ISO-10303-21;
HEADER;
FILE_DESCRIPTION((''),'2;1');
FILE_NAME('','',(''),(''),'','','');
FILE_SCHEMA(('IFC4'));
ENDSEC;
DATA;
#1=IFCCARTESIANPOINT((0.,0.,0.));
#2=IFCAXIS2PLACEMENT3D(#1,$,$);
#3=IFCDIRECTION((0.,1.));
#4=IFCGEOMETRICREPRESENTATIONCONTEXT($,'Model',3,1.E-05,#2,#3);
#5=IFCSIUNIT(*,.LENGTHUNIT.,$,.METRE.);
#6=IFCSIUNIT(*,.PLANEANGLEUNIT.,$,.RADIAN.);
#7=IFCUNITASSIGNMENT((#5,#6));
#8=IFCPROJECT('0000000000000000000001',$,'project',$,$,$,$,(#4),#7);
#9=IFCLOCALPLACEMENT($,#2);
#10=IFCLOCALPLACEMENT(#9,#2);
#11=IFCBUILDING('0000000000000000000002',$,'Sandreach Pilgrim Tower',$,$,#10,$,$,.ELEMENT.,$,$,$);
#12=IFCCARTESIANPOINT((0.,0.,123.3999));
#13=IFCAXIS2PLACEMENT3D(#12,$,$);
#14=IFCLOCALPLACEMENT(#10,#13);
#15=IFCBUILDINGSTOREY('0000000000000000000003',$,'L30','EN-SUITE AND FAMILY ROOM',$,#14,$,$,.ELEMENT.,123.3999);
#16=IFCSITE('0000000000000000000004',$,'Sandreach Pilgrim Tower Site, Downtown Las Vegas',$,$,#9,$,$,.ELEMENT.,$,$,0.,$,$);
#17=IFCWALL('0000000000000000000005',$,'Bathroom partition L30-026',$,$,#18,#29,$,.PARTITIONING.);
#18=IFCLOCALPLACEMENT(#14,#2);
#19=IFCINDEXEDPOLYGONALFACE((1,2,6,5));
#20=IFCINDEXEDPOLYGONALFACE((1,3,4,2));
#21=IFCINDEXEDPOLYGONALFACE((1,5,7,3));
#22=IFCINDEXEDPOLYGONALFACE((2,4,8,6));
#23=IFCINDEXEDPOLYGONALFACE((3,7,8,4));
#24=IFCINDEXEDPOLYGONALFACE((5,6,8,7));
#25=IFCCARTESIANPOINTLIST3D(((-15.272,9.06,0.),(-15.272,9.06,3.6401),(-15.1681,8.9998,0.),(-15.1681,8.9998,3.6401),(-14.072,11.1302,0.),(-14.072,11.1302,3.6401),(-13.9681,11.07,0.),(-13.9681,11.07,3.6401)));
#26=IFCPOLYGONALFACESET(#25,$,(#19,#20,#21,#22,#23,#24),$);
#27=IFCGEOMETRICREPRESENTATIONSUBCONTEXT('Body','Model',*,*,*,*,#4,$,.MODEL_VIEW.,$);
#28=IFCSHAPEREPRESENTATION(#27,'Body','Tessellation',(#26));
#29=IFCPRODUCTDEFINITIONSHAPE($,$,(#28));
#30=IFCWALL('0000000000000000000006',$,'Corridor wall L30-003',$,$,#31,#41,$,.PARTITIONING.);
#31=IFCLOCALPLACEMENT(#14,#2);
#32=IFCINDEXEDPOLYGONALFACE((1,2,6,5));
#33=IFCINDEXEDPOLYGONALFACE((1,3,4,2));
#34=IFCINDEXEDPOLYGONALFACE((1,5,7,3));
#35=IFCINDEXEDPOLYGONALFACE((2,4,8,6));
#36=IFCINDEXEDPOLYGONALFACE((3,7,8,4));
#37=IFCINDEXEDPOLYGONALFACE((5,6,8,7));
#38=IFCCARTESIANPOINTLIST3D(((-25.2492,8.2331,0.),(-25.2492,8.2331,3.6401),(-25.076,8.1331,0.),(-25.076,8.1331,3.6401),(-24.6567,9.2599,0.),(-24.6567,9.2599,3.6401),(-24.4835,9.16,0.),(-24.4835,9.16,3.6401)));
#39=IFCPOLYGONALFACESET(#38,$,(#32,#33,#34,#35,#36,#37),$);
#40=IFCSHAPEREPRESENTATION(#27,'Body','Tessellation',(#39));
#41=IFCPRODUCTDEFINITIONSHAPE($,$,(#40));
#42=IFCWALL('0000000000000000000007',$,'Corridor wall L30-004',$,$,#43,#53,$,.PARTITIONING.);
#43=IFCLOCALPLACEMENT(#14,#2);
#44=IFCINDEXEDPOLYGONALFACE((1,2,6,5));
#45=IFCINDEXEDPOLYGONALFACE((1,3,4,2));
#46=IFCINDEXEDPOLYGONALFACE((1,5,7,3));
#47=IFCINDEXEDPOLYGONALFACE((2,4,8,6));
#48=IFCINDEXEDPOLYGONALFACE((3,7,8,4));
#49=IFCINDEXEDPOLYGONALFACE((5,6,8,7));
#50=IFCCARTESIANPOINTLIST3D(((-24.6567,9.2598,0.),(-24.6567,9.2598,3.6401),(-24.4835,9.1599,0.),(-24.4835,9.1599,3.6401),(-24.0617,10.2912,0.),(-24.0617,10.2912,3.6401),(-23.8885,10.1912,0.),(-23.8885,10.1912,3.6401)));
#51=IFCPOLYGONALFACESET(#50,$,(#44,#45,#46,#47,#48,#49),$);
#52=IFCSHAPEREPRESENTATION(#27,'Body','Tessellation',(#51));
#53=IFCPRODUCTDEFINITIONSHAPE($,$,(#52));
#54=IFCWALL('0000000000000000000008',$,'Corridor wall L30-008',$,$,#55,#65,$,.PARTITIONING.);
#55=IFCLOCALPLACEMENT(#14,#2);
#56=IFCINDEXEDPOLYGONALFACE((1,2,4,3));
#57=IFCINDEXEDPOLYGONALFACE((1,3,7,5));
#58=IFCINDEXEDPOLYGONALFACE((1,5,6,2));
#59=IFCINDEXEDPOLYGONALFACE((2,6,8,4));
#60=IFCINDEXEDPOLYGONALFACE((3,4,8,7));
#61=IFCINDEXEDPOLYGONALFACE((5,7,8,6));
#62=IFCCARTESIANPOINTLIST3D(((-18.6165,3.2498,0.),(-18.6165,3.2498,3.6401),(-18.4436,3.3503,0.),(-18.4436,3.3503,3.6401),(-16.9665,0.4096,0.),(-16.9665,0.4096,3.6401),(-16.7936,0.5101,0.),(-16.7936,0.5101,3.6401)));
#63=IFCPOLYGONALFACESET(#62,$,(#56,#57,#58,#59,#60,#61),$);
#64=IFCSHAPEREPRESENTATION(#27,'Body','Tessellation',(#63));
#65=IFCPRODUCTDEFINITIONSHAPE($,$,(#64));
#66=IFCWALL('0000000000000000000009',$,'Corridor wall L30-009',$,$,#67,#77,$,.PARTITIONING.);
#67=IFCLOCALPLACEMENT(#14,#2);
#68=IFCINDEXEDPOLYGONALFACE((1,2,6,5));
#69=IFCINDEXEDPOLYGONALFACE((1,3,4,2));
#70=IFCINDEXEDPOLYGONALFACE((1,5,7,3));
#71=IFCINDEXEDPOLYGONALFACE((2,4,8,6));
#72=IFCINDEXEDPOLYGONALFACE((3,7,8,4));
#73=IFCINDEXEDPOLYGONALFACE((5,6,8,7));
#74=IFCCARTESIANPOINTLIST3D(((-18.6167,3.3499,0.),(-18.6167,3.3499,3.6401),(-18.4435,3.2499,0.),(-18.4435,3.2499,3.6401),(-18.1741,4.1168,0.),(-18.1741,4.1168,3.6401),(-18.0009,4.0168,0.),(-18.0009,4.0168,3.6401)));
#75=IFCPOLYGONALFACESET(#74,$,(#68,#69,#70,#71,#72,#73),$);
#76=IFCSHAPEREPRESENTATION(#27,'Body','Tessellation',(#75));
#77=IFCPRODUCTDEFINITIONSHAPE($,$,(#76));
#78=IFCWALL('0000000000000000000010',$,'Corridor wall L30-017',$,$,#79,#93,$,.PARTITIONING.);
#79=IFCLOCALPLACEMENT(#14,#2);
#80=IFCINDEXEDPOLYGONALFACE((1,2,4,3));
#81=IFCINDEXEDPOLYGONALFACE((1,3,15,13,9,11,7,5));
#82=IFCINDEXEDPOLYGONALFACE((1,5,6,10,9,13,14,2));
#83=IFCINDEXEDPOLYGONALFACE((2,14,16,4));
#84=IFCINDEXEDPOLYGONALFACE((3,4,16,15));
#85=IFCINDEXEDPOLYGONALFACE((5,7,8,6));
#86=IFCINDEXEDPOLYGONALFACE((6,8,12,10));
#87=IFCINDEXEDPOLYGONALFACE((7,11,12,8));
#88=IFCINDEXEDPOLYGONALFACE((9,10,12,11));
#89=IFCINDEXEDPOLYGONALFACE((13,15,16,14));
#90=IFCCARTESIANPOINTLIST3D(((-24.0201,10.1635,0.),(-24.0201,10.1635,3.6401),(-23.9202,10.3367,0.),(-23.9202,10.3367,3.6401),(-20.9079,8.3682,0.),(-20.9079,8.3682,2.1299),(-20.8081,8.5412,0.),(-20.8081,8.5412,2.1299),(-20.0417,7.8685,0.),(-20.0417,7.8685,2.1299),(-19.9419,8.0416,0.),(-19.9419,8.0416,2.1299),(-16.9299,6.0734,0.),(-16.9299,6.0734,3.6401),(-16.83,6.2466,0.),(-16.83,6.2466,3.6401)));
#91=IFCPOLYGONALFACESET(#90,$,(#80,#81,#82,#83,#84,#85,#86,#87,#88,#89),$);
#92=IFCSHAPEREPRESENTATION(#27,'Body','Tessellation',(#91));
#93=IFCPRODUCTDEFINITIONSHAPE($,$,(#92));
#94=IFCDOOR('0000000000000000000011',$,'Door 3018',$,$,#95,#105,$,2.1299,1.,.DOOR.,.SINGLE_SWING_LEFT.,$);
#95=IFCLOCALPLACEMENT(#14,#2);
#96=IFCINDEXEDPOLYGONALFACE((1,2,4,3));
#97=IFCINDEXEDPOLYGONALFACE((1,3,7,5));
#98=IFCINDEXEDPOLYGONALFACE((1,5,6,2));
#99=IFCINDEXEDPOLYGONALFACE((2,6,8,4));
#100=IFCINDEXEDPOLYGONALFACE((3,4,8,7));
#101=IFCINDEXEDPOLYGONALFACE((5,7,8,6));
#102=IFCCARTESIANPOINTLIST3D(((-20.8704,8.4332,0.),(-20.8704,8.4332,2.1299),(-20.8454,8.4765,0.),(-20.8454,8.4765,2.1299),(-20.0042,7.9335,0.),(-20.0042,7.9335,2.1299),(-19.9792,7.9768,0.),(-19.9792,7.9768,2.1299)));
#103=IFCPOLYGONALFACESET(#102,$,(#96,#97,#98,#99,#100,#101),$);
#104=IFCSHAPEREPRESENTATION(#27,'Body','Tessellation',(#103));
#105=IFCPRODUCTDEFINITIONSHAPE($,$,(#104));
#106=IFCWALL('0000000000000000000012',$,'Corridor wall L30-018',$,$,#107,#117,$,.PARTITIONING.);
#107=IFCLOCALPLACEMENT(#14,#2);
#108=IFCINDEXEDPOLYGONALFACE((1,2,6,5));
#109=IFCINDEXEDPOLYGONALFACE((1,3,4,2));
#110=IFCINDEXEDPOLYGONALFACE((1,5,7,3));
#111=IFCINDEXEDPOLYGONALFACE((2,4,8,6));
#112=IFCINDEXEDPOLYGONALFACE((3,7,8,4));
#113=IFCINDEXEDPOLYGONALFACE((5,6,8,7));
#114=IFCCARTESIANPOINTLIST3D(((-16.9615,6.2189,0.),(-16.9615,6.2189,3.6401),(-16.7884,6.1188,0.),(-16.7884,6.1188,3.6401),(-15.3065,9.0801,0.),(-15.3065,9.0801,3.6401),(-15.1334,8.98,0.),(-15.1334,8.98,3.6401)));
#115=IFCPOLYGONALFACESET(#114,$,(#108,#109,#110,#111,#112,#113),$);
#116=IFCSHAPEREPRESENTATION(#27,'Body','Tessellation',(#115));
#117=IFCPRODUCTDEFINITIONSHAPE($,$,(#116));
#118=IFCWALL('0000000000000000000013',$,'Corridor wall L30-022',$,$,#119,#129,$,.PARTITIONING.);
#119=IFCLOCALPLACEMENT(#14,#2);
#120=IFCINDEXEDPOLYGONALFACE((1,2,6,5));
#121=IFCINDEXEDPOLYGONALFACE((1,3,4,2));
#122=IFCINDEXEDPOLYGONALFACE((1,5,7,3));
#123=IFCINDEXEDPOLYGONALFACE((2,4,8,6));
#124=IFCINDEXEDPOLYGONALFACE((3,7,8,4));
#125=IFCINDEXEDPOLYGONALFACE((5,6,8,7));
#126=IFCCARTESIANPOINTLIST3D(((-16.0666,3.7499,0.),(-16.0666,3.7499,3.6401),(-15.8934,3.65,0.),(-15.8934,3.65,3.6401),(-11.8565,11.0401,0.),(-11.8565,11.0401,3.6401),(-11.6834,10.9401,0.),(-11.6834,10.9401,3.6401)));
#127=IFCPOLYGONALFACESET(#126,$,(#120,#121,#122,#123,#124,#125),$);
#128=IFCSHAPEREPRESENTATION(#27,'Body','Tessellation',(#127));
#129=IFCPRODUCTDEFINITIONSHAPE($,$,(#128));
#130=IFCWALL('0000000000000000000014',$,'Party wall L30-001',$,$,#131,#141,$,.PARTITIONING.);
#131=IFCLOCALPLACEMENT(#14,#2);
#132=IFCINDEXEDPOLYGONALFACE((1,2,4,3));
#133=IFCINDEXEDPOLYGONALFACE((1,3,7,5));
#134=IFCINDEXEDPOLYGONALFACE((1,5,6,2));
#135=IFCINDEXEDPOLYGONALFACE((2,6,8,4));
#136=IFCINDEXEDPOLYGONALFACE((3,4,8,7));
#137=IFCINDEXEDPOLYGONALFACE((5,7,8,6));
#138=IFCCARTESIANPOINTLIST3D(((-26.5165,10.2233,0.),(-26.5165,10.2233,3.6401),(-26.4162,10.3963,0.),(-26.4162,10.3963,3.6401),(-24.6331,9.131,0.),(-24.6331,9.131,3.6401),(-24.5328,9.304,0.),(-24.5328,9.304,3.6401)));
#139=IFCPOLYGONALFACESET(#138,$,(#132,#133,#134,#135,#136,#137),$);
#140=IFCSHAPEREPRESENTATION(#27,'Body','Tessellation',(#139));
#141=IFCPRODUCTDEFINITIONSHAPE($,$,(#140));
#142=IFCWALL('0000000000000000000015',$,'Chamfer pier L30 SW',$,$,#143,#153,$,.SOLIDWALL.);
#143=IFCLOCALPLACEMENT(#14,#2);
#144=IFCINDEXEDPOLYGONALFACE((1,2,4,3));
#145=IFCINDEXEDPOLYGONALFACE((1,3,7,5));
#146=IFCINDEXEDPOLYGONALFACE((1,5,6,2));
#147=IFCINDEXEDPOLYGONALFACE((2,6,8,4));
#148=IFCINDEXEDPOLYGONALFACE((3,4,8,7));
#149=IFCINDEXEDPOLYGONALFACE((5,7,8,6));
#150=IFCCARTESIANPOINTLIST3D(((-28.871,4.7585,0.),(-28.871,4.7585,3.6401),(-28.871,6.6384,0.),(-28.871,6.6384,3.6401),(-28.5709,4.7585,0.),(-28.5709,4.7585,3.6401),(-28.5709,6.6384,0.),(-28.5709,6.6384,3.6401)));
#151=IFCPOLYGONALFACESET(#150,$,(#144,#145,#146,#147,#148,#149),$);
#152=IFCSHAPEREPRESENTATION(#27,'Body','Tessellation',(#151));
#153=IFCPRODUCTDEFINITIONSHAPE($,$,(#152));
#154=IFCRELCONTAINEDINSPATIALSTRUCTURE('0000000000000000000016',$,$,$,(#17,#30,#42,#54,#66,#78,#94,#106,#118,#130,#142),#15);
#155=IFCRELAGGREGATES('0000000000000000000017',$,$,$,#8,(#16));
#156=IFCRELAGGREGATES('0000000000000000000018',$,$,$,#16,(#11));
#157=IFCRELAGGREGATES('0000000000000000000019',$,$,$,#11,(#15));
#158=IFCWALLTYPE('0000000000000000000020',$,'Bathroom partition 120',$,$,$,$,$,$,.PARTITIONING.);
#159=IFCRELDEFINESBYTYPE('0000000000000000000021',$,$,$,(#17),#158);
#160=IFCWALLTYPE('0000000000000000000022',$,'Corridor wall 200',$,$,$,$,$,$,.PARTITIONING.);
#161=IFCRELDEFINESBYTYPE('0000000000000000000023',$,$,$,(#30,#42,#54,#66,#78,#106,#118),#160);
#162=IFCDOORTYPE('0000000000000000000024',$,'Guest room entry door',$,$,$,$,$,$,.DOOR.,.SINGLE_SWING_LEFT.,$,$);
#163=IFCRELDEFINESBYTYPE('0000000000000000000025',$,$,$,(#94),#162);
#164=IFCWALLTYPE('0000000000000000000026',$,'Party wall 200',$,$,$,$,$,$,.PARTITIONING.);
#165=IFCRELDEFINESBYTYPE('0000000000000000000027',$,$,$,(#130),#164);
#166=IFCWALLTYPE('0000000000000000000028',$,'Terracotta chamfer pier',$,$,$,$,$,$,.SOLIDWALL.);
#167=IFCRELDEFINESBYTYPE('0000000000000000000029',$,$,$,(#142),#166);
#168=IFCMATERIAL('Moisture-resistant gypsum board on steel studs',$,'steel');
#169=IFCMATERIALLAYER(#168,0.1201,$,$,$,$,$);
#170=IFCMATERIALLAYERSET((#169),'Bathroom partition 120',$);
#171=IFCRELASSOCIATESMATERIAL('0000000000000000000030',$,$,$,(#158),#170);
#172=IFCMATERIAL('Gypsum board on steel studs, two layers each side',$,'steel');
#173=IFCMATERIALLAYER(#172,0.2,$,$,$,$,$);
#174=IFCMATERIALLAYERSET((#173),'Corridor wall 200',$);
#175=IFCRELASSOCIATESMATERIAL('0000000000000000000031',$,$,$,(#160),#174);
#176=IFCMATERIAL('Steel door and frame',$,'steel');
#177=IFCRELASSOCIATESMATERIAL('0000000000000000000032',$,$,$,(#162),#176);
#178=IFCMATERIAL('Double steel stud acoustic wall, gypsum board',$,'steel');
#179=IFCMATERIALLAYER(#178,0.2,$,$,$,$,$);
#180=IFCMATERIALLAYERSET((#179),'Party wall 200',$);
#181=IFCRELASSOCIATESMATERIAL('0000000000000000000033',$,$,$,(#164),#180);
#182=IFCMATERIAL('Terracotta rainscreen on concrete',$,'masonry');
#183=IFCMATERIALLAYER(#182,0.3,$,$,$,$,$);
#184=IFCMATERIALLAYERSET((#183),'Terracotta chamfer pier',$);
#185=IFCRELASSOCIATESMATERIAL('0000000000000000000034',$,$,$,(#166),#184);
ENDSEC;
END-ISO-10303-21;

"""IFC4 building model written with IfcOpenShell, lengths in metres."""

from ifc_helpers import new_model, si_unit, direction, frame, frame_2d, origin, place, context, subcontext, project, spatial, rectangle, extrude, material, layer, layer_set, type_object, element, fill, save


model = new_model("IFC4")

# Units and contexts
model_context = context("Model", 3, precision=1e-05, world=origin(), true_north=direction((0.0, 1.0)))
body_context = subcontext(model_context, "Body", "Model", "MODEL_VIEW")
ifc_project = project(units=[si_unit("LENGTHUNIT", "METRE"), si_unit("PLANEANGLEUNIT", "RADIAN")], contexts=[model_context])

# Site, building, storey
site_placement = place(None, origin())
site = spatial("IfcSite", under=ifc_project, at=site_placement, Name="Sandreach Pilgrim Tower Site, Downtown Las Vegas", CompositionType="ELEMENT", RefElevation=0.0)
building_placement = place(site_placement, origin())
building = spatial("IfcBuilding", under=site, at=building_placement, Name="Sandreach Pilgrim Tower", CompositionType="ELEMENT")
storey_placement = place(building_placement, frame((0.0, 0.0, 123.3999)))
storey = spatial("IfcBuildingStorey", under=building, at=storey_placement, Name="L30", Description="EN-SUITE AND FAMILY ROOM", CompositionType="ELEMENT", Elevation=123.3999)

# Shared definitions
ifc_material_1 = material(Name="Moisture-resistant gypsum board on steel studs", Category="steel")
ifc_layer_1 = layer(ifc_material_1, 0.1201)
ifc_layer_set_1 = layer_set([ifc_layer_1], Name="Bathroom partition 120")
wall_type_1 = type_object("IfcWallType", Name="Bathroom partition 120", PredefinedType="PARTITIONING", material=ifc_layer_set_1)

# Wall
wall_1_placement = place(storey_placement, frame((-15.22, 9.03, 0.0), z_axis=(0.0, 0.0, 1.0), x_axis=(0.501503, 0.865156, 0.0)))
element("IfcWall", 1, at=wall_1_placement, inside=storey, type_object=wall_type_1, Name="Bathroom partition L30-026", PredefinedType="PARTITIONING", context=body_context, shape_type="SweptSolid", body=[
    extrude(rectangle(XDim=2.3928, YDim=0.1201, at=frame_2d((1.1963, 0.0))), origin(), (0.0, 0.0, 1.0), 3.6401),
])

# Shared definitions
ifc_material_2 = material(Name="Gypsum board on steel studs, two layers each side", Category="steel")
ifc_layer_2 = layer(ifc_material_2, 0.2)
ifc_layer_set_2 = layer_set([ifc_layer_2], Name="Corridor wall 200")
wall_type_2 = type_object("IfcWallType", Name="Corridor wall 200", PredefinedType="PARTITIONING", material=ifc_layer_set_2)
ifc_material_3 = material(Name="Steel door and frame", Category="steel")
door_type_1 = type_object("IfcDoorType", Name="Guest room entry door", OperationType="SINGLE_SWING_LEFT", PredefinedType="DOOR", material=ifc_material_3)

# Walls
wall_2_placement = place(storey_placement, frame((-25.1626, 8.1831, 0.0), z_axis=(0.0, 0.0, 1.0), x_axis=(0.499794, 0.866144, 0.0)))
element("IfcWall", 2, at=wall_2_placement, inside=storey, type_object=wall_type_2, Name="Corridor wall L30-003", PredefinedType="PARTITIONING", context=body_context, shape_type="SweptSolid", body=[
    extrude(rectangle(XDim=1.1855, YDim=0.2, at=frame_2d((0.5928, 0.0))), origin(), (0.0, 0.0, 1.0), 3.6401),
])
wall_3_placement = place(storey_placement, frame((-24.5701, 9.21, 0.0), z_axis=(0.0, 0.0, 1.0), x_axis=(0.499734, 0.866179, 0.0)))
element("IfcWall", 3, at=wall_3_placement, inside=storey, type_object=wall_type_2, Name="Corridor wall L30-004", PredefinedType="PARTITIONING", context=body_context, shape_type="SweptSolid", body=[
    extrude(rectangle(XDim=1.1907, YDim=0.2, at=frame_2d((0.5952, 0.0))), origin(), (0.0, 0.0, 1.0), 3.6401),
])
wall_4_placement = place(storey_placement, frame((-18.53, 3.3, 0.0), z_axis=(0.0, 0.0, 1.0), x_axis=(0.502322, -0.864681, 0.0)))
element("IfcWall", 4, at=wall_4_placement, inside=storey, type_object=wall_type_2, Name="Corridor wall L30-008", PredefinedType="PARTITIONING", context=body_context, shape_type="SweptSolid", body=[
    extrude(rectangle(XDim=3.2847, YDim=0.2, at=frame_2d((1.6423, 0.0))), origin(), (0.0, 0.0, 1.0), 3.6401),
])
wall_5_placement = place(storey_placement, frame((-18.0874, 4.0669, 0.0), z_axis=(0.0, 0.0, 1.0), x_axis=(-0.499905, -0.86608, 0.0)))
element("IfcWall", 5, at=wall_5_placement, inside=storey, type_object=wall_type_2, Name="Corridor wall L30-009", PredefinedType="PARTITIONING", context=body_context, shape_type="SweptSolid", body=[
    extrude(rectangle(XDim=0.8855, YDim=0.2, at=frame_2d((0.4429, 0.0))), origin(), (0.0, 0.0, 1.0), 3.6401),
])

# Wall, opening, door
wall_6_placement = place(storey_placement, frame((-16.8799, 6.1599, 0.0), z_axis=(0.0, 0.0, 1.0), x_axis=(-0.866204, 0.499691, 0.0)))
wall_6 = element("IfcWall", 6, at=wall_6_placement, inside=storey, type_object=wall_type_2, Name="Corridor wall L30-017", PredefinedType="PARTITIONING", context=body_context, shape_type="SweptSolid", body=[
    extrude(rectangle(XDim=8.1853, YDim=0.2, at=frame_2d((4.0928, 0.0))), origin(), (0.0, 0.0, 1.0), 3.6401),
])
opening_1_placement = place(wall_6_placement, frame((3.5925, 0.0, 0.0)))
opening_1 = element("IfcOpeningElement", 7, at=opening_1_placement, cuts=wall_6, PredefinedType="OPENING", context=body_context, shape_type="SweptSolid", body=[
    extrude(rectangle(XDim=1.0, YDim=2.1299, at=frame_2d((0.5, 1.0649))), frame((0.0, 0.1001, 0.0), z_axis=(0.0, -1.0, 0.0), x_axis=(1.0, 0.0, 0.0)), (0.0, 0.0, 1.0), 0.2),
])
door_1_placement = place(opening_1_placement, origin())
door_1 = element("IfcDoor", 8, at=door_1_placement, inside=storey, type_object=door_type_1, Name="Door 3018", OperationType="SINGLE_SWING_LEFT", OverallHeight=2.1299, OverallWidth=1.0, PredefinedType="DOOR", context=body_context, shape_type="SweptSolid", body=[
    extrude(rectangle(XDim=1.0, YDim=2.1299, at=frame_2d((0.5, 1.0649))), frame((0.0, 0.0249, 0.0), z_axis=(0.0, -1.0, 0.0), x_axis=(1.0, 0.0, 0.0)), (0.0, 0.0, 1.0), 0.05),
])
fill(opening_1, door_1)

# Walls
wall_7_placement = place(storey_placement, frame((-16.875, 6.1687, 0.0), z_axis=(0.0, 0.0, 1.0), x_axis=(0.50069, 0.865627, 0.0)))
element("IfcWall", 9, at=wall_7_placement, inside=storey, type_object=wall_type_2, Name="Corridor wall L30-018", PredefinedType="PARTITIONING", context=body_context, shape_type="SweptSolid", body=[
    extrude(rectangle(XDim=3.3054, YDim=0.2, at=frame_2d((1.6528, 0.0))), origin(), (0.0, 0.0, 1.0), 3.6401),
])
wall_8_placement = place(storey_placement, frame((-15.98, 3.7, 0.0), z_axis=(0.0, 0.0, 1.0), x_axis=(0.500094, 0.865971, 0.0)))
element("IfcWall", 10, at=wall_8_placement, inside=storey, type_object=wall_type_2, Name="Corridor wall L30-022", PredefinedType="PARTITIONING", context=body_context, shape_type="SweptSolid", body=[
    extrude(rectangle(XDim=8.4185, YDim=0.2, at=frame_2d((4.2092, 0.0))), origin(), (0.0, 0.0, 1.0), 3.6401),
])
ifc_material_4 = material(Name="Double steel stud acoustic wall, gypsum board", Category="steel")
ifc_layer_3 = layer(ifc_material_4, 0.2)
ifc_layer_set_3 = layer_set([ifc_layer_3], Name="Party wall 200")
wall_type_3 = type_object("IfcWallType", Name="Party wall 200", PredefinedType="PARTITIONING", material=ifc_layer_set_3)
wall_9_placement = place(storey_placement, frame((-26.4663, 10.3098, 0.0), z_axis=(0.0, 0.0, 1.0), x_axis=(0.865037, -0.501708, 0.0)))
element("IfcWall", 11, at=wall_9_placement, inside=storey, type_object=wall_type_3, Name="Party wall L30-001", PredefinedType="PARTITIONING", context=body_context, shape_type="SweptSolid", body=[
    extrude(rectangle(XDim=2.1772, YDim=0.2, at=frame_2d((1.0886, 0.0))), origin(), (0.0, 0.0, 1.0), 3.6401),
])
ifc_material_5 = material(Name="Terracotta rainscreen on concrete", Category="masonry")
ifc_layer_4 = layer(ifc_material_5, 0.3)
ifc_layer_set_4 = layer_set([ifc_layer_4], Name="Terracotta chamfer pier")
wall_type_4 = type_object("IfcWallType", Name="Terracotta chamfer pier", PredefinedType="SOLIDWALL", material=ifc_layer_set_4)
wall_10_placement = place(storey_placement, frame((-28.7209, 4.7585, 0.0), z_axis=(0.0, 0.0, 1.0), x_axis=(0.0, 1.0, 0.0)))
element("IfcWall", 12, at=wall_10_placement, inside=storey, type_object=wall_type_4, Name="Chamfer pier L30 SW", PredefinedType="SOLIDWALL", context=body_context, shape_type="SweptSolid", body=[
    extrude(rectangle(XDim=1.8799, YDim=0.3, at=frame_2d((0.9399, 0.0))), origin(), (0.0, 0.0, 1.0), 3.6401),
])

save(model, "model.ifc")
